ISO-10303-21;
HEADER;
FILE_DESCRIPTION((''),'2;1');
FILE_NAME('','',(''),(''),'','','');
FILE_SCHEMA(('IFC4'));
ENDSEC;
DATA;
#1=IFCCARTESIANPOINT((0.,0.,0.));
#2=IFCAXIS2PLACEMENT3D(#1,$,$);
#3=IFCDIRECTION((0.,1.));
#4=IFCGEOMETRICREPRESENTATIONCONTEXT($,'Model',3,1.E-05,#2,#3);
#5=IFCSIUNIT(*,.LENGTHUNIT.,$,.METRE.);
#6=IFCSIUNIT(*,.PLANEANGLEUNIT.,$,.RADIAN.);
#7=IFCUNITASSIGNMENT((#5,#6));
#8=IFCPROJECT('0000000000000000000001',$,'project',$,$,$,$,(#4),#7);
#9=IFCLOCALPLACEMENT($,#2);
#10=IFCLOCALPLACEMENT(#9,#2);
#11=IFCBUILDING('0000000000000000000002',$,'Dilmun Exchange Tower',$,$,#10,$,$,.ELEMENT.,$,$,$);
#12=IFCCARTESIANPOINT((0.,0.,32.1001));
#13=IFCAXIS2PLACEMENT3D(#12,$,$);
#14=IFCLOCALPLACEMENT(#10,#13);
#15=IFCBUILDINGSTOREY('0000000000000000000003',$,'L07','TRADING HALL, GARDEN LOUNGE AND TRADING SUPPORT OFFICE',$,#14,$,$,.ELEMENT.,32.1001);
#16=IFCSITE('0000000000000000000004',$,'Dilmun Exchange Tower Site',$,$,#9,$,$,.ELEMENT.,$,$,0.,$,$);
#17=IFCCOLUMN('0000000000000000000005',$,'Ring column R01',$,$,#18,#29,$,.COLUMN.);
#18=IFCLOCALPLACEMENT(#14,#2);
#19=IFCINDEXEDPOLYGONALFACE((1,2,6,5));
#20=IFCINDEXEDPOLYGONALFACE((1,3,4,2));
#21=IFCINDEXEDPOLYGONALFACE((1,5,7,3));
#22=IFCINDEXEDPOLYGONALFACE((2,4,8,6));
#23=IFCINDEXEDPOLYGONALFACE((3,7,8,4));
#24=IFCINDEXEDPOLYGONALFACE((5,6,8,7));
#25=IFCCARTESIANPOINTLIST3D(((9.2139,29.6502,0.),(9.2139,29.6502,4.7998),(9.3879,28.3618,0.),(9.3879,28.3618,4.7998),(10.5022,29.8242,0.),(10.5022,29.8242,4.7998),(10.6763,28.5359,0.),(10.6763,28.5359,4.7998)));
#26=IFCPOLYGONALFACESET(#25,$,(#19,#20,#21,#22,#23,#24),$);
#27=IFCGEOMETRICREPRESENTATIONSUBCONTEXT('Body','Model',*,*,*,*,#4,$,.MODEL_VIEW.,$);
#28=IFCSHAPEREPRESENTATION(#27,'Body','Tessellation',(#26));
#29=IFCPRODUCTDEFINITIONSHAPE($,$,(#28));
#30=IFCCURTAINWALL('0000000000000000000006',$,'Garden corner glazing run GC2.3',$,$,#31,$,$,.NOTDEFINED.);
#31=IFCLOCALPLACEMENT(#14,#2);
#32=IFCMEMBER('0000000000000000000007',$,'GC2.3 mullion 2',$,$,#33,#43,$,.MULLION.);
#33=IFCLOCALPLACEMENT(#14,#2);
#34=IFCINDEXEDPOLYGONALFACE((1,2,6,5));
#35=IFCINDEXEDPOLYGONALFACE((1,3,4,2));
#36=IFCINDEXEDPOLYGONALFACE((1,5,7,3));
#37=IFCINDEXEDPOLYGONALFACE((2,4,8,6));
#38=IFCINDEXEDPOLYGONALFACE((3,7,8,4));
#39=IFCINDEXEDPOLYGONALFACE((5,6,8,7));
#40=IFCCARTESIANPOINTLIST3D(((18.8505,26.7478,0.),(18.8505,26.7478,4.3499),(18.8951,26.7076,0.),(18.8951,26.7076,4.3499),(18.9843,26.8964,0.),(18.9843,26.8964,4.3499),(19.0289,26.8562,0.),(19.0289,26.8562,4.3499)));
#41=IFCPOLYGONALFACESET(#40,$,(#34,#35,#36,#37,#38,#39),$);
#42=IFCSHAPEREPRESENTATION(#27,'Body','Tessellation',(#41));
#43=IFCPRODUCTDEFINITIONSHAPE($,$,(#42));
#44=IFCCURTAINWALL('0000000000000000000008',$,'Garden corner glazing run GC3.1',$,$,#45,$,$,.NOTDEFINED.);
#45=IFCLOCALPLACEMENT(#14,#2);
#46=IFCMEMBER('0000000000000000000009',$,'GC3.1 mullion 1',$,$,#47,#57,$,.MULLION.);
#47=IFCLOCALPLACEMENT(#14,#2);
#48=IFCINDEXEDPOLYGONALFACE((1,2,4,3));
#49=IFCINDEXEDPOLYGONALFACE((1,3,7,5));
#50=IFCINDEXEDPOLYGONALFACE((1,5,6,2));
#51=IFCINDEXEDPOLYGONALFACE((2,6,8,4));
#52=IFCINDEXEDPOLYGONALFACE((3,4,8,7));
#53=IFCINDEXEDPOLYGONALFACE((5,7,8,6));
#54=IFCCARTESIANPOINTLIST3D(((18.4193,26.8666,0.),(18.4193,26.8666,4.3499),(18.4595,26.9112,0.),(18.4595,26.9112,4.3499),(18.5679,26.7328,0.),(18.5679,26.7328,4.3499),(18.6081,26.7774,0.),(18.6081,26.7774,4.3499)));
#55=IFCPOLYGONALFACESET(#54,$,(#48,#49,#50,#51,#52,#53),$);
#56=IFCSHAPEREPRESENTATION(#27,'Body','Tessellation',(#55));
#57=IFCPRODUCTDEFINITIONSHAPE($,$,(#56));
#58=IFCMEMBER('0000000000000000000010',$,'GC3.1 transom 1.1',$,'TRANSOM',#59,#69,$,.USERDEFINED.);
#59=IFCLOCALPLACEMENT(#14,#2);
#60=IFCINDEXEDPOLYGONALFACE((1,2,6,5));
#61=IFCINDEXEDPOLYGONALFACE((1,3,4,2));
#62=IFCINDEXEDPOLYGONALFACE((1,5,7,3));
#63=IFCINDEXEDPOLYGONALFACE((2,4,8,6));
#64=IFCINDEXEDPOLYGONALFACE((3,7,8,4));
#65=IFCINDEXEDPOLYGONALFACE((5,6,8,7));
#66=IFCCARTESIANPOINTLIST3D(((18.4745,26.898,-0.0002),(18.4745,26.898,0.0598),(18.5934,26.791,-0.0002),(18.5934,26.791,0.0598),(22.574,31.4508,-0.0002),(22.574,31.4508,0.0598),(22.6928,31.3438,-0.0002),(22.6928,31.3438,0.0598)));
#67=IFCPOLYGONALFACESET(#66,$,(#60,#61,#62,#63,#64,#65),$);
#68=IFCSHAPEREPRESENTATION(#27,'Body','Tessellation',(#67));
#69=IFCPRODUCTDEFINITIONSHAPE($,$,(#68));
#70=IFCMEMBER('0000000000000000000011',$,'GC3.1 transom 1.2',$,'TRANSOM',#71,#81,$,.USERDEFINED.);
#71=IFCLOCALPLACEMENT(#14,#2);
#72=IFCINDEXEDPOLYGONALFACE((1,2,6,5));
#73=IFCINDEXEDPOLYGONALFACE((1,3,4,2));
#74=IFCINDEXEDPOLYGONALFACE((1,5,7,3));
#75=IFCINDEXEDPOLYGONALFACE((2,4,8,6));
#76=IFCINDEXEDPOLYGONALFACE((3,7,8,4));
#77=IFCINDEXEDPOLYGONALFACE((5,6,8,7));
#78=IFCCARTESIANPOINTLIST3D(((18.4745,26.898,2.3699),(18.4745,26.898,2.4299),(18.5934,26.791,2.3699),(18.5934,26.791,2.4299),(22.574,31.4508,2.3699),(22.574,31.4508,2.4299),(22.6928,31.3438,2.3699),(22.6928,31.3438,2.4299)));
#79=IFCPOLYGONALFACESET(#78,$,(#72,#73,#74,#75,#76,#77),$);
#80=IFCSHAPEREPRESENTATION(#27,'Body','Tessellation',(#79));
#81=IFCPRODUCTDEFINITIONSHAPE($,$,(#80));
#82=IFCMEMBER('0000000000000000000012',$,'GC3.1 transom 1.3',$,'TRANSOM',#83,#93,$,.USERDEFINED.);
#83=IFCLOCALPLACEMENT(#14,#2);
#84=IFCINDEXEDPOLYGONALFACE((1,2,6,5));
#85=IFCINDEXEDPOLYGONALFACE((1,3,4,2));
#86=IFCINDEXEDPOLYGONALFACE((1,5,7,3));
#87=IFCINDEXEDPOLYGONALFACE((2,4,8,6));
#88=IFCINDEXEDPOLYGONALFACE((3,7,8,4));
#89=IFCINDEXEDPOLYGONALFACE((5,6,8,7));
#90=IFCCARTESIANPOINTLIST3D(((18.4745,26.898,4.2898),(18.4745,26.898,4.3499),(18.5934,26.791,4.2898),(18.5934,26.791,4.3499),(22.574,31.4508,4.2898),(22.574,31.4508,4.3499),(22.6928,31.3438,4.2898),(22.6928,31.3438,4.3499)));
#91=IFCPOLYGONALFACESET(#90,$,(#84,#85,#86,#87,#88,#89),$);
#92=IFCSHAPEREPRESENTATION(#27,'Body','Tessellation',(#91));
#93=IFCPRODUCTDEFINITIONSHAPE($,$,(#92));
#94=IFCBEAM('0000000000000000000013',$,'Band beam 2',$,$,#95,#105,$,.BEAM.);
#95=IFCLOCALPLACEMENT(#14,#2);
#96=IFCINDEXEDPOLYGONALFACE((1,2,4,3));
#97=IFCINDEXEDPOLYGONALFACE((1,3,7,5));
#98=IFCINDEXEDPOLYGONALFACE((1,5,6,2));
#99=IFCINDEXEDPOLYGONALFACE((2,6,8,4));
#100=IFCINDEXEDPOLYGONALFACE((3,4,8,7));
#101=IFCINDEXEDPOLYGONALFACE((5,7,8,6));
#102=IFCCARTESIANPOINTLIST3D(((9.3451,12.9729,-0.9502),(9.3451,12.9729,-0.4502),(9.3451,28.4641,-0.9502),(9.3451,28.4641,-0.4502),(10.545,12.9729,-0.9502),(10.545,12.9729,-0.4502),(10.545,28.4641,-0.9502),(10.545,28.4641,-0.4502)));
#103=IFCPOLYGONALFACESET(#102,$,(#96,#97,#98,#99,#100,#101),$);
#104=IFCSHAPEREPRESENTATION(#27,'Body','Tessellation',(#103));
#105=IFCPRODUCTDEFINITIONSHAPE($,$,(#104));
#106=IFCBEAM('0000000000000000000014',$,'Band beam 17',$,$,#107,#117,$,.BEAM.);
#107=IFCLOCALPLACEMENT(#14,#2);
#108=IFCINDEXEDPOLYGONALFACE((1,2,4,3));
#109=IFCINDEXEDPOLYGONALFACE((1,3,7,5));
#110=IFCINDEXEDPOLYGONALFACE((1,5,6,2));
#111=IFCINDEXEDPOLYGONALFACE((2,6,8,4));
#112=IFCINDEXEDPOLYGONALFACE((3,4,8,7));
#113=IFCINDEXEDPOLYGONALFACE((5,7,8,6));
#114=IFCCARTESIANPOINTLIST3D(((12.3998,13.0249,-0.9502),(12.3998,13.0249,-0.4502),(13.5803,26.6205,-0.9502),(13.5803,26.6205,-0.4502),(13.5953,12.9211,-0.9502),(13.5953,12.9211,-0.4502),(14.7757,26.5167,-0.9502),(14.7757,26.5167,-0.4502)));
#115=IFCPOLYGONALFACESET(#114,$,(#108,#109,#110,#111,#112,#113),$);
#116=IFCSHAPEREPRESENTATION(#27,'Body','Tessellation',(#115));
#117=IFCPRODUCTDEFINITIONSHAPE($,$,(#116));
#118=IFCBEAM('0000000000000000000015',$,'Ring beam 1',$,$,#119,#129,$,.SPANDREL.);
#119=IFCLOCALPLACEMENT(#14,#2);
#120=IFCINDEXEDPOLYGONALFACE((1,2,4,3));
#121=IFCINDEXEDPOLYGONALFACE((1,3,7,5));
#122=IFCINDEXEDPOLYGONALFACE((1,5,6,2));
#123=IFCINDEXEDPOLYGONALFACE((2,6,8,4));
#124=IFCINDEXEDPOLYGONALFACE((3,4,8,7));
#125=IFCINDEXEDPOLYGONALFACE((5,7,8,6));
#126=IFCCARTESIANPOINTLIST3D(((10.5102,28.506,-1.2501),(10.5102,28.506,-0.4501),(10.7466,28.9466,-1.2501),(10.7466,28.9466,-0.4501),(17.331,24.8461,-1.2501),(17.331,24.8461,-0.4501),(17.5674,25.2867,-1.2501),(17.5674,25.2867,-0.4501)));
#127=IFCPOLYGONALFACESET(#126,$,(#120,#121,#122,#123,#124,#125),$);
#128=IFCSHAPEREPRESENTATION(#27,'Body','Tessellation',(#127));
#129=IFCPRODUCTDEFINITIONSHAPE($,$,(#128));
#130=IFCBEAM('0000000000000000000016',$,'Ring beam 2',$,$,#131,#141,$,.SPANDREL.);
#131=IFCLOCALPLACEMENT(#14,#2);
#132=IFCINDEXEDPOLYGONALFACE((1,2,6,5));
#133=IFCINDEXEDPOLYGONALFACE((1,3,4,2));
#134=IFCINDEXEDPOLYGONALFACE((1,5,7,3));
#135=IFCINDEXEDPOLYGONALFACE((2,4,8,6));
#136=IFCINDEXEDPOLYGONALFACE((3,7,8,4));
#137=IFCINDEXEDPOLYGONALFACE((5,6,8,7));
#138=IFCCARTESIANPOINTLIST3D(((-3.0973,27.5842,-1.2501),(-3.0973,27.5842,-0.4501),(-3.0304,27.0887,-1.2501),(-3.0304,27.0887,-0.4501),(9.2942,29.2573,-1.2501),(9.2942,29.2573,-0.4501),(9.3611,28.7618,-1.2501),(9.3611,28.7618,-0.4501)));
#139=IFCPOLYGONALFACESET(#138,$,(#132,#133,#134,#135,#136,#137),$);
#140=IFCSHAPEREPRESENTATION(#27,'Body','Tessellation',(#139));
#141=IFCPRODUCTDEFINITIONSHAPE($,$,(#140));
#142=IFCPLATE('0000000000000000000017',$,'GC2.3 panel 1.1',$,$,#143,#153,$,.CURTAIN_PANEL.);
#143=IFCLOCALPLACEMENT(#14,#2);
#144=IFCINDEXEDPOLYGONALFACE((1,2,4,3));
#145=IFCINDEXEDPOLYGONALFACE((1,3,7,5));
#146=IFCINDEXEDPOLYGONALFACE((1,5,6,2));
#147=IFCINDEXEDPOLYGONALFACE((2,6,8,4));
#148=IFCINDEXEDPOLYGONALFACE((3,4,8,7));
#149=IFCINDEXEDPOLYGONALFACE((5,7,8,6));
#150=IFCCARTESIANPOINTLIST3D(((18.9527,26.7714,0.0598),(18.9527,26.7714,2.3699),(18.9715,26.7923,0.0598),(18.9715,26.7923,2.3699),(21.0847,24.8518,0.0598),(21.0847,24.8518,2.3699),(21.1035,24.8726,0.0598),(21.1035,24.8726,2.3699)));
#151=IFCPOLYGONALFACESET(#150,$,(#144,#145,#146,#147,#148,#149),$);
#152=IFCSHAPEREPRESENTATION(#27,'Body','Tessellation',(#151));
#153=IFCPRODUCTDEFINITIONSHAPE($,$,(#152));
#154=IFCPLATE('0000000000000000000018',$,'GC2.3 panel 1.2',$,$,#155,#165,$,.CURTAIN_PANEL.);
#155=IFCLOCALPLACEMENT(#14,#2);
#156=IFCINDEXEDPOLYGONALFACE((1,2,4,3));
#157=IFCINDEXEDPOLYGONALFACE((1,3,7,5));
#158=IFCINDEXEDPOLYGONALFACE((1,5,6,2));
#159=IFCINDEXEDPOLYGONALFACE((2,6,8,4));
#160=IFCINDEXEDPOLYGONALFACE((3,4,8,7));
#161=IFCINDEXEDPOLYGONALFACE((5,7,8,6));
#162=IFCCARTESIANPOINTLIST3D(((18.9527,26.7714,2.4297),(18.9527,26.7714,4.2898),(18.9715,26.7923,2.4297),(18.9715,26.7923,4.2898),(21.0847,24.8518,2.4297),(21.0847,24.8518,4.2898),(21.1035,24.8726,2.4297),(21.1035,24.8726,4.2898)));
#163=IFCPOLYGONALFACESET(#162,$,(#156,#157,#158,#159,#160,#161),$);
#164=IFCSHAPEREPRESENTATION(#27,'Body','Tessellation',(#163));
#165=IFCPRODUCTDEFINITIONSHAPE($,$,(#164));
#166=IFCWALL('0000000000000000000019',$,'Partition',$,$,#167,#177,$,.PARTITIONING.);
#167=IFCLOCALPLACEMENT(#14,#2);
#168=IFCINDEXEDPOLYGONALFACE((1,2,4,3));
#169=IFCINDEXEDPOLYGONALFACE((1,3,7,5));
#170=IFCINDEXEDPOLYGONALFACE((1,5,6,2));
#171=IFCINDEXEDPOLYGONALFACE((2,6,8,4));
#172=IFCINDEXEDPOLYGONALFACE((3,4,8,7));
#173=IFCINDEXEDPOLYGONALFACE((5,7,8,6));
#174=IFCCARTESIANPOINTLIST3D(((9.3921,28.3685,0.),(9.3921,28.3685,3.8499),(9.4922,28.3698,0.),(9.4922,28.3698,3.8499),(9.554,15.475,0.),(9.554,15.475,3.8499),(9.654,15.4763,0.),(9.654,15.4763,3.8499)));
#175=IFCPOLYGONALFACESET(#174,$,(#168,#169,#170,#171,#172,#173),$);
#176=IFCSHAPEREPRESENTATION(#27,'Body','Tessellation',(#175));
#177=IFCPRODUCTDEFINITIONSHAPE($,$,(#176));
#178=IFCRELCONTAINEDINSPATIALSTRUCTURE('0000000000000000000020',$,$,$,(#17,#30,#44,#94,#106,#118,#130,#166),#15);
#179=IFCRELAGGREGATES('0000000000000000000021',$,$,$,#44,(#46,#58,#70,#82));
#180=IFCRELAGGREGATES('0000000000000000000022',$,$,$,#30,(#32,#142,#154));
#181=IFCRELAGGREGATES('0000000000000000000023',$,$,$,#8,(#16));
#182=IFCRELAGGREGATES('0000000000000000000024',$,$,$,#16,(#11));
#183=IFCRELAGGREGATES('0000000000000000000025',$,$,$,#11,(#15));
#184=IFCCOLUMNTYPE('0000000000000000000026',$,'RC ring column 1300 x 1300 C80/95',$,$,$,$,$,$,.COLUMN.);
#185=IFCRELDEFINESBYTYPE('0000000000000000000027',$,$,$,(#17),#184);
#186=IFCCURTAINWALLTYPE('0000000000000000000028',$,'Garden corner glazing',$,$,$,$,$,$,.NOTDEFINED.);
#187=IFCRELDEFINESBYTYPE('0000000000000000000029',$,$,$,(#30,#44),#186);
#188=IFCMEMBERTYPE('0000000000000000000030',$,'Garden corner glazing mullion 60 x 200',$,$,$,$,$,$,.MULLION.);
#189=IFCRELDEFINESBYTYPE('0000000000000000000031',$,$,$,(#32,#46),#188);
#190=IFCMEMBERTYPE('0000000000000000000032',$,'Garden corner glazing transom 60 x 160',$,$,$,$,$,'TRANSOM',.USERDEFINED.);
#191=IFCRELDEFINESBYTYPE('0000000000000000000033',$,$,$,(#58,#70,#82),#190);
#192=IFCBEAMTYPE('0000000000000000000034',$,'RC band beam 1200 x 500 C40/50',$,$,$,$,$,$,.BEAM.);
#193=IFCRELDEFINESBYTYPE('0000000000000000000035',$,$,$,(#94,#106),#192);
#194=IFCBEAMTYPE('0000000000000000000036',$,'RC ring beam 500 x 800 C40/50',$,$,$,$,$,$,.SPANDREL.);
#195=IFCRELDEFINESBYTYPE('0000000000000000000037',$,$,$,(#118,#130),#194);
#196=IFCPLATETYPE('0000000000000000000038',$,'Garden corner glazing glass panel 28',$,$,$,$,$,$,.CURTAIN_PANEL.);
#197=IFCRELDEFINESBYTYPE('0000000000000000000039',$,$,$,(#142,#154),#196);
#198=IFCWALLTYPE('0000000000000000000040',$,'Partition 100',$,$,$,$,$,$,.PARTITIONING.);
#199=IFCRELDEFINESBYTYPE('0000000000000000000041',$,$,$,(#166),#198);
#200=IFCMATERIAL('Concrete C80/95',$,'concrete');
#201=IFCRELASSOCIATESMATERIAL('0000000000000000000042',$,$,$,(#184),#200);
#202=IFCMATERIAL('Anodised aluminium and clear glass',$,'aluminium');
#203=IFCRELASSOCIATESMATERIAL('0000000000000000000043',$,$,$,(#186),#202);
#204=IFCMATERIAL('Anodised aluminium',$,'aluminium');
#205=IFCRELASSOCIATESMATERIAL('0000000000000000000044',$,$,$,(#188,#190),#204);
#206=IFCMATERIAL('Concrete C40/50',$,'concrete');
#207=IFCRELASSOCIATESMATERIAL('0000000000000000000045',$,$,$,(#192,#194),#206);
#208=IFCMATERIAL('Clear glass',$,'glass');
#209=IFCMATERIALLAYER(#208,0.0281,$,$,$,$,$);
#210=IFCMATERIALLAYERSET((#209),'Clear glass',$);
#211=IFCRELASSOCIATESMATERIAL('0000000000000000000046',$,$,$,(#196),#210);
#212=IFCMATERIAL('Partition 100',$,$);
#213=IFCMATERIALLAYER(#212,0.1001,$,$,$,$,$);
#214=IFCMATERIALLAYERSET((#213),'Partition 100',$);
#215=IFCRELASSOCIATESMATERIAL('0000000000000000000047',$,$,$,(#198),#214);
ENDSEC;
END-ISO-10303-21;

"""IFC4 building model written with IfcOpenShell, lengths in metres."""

from ifc_helpers import new_model, si_unit, direction, frame, frame_2d, origin, origin_2d, place, context, subcontext, project, spatial, rectangle, extrude, material, layer, layer_set, material_profile, profile_set, type_object, element, aggregate, save


model = new_model("IFC4")

# Units and contexts
model_context = context("Model", 3, precision=1e-05, world=origin(), true_north=direction((0.0, 1.0)))
body_context = subcontext(model_context, "Body", "Model", "MODEL_VIEW")
ifc_project = project(units=[si_unit("LENGTHUNIT", "METRE"), si_unit("PLANEANGLEUNIT", "RADIAN")], contexts=[model_context])

# Site, building, storey
site_placement = place(None, origin())
site = spatial("IfcSite", under=ifc_project, at=site_placement, Name="Dilmun Exchange Tower Site", CompositionType="ELEMENT", RefElevation=0.0)
building_placement = place(site_placement, origin())
building = spatial("IfcBuilding", under=site, at=building_placement, Name="Dilmun Exchange Tower", CompositionType="ELEMENT")
storey_placement = place(building_placement, frame((0.0, 0.0, 32.1001)))
storey = spatial("IfcBuildingStorey", under=building, at=storey_placement, Name="L07", Description="TRADING HALL, GARDEN LOUNGE AND TRADING SUPPORT OFFICE", CompositionType="ELEMENT", Elevation=32.1001)

# Column
ifc_material_1 = material(Name="Concrete C80/95", Category="concrete")
ifc_material_profile_1 = material_profile(ifc_material_1, rectangle(XDim=1.3, YDim=1.3, at=origin_2d()), Name="1300 x 1300")
ifc_profile_set_1 = profile_set([ifc_material_profile_1], Name="Concrete C80/95")
column_type = type_object("IfcColumnType", Name="RC ring column 1300 x 1300 C80/95", PredefinedType="COLUMN", material=ifc_profile_set_1)
column_placement = place(storey_placement, frame((9.9451, 29.093, 0.0), z_axis=(0.0, 0.0, 1.0), x_axis=(0.991001, 0.133853, 0.0)))
element("IfcColumn", 1, at=column_placement, inside=storey, type_object=column_type, Name="Ring column R01", PredefinedType="COLUMN", context=body_context, shape_type="SweptSolid", body=[
    extrude(rectangle(XDim=1.3, YDim=1.3, at=origin_2d()), origin(), (0.0, 0.0, 1.0), 4.7998),
])

# Curtain wall, member
ifc_material_2 = material(Name="Anodised aluminium and clear glass", Category="aluminium")
curtain_wall_type = type_object("IfcCurtainWallType", Name="Garden corner glazing", PredefinedType="NOTDEFINED", material=ifc_material_2)
curtain_wall_1_placement = place(storey_placement, origin())
curtain_wall_1 = element("IfcCurtainWall", 2, at=curtain_wall_1_placement, inside=storey, type_object=curtain_wall_type, Name="Garden corner glazing run GC2.3", PredefinedType="NOTDEFINED")
ifc_material_3 = material(Name="Anodised aluminium", Category="aluminium")
ifc_material_profile_2 = material_profile(ifc_material_3, rectangle(XDim=0.2, YDim=0.0601, at=origin_2d()), Name="AL 60x200")
ifc_profile_set_2 = profile_set([ifc_material_profile_2], Name="Anodised aluminium")
member_type_1 = type_object("IfcMemberType", Name="Garden corner glazing mullion 60 x 200", PredefinedType="MULLION", material=ifc_profile_set_2)
member_1_placement = place(storey_placement, frame((18.9397, 26.802, 0.0), z_axis=(0.0, 0.0, 1.0), x_axis=(-0.669118, -0.743156, 0.0)))
member_1 = element("IfcMember", 3, at=member_1_placement, type_object=member_type_1, Name="GC2.3 mullion 2", PredefinedType="MULLION", context=body_context, shape_type="SweptSolid", body=[
    extrude(rectangle(XDim=0.2, YDim=0.0601, at=origin_2d()), origin(), (0.0, 0.0, 1.0), 4.3499),
])

# Curtain wall, members
curtain_wall_2_placement = place(storey_placement, origin())
curtain_wall_2 = element("IfcCurtainWall", 4, at=curtain_wall_2_placement, inside=storey, type_object=curtain_wall_type, Name="Garden corner glazing run GC3.1", PredefinedType="NOTDEFINED")
member_2_placement = place(storey_placement, frame((18.5137, 26.822, 0.0), z_axis=(0.0, 0.0, 1.0), x_axis=(-0.74315, 0.669125, 0.0)))
member_2 = element("IfcMember", 5, at=member_2_placement, type_object=member_type_1, Name="GC3.1 mullion 1", PredefinedType="MULLION", context=body_context, shape_type="SweptSolid", body=[
    extrude(rectangle(XDim=0.2, YDim=0.0601, at=origin_2d()), origin(), (0.0, 0.0, 1.0), 4.3499),
])
ifc_material_profile_3 = material_profile(ifc_material_3, rectangle(XDim=0.1599, YDim=0.0601, at=origin_2d()), Name="AL 60x160")
ifc_profile_set_3 = profile_set([ifc_material_profile_3], Name="Anodised aluminium")
member_type_2 = type_object("IfcMemberType", Name="Garden corner glazing transom 60 x 160", ElementType="TRANSOM", PredefinedType="USERDEFINED", material=ifc_profile_set_3)
member_3_placement = place(storey_placement, frame((18.5339, 26.8445, 0.0298), z_axis=(0.669136, 0.74314, 0.0), x_axis=(-0.74314, 0.669136, 0.0)))
member_3 = element("IfcMember", 6, at=member_3_placement, type_object=member_type_2, Name="GC3.1 transom 1.1", ObjectType="TRANSOM", PredefinedType="USERDEFINED", context=body_context, shape_type="SweptSolid", body=[
    extrude(rectangle(XDim=0.1599, YDim=0.0601, at=origin_2d()), origin(), (0.0, 0.0, 1.0), 6.1265),
])
member_4_placement = place(storey_placement, frame((18.5339, 26.8445, 2.3999), z_axis=(0.669136, 0.74314, 0.0), x_axis=(-0.74314, 0.669136, 0.0)))
member_4 = element("IfcMember", 7, at=member_4_placement, type_object=member_type_2, Name="GC3.1 transom 1.2", ObjectType="TRANSOM", PredefinedType="USERDEFINED", context=body_context, shape_type="SweptSolid", body=[
    extrude(rectangle(XDim=0.1599, YDim=0.0601, at=origin_2d()), origin(), (0.0, 0.0, 1.0), 6.1265),
])
member_5_placement = place(storey_placement, frame((18.5339, 26.8445, 4.3198), z_axis=(0.669136, 0.74314, 0.0), x_axis=(-0.74314, 0.669136, 0.0)))
member_5 = element("IfcMember", 8, at=member_5_placement, type_object=member_type_2, Name="GC3.1 transom 1.3", ObjectType="TRANSOM", PredefinedType="USERDEFINED", context=body_context, shape_type="SweptSolid", body=[
    extrude(rectangle(XDim=0.1599, YDim=0.0601, at=origin_2d()), origin(), (0.0, 0.0, 1.0), 6.1265),
])
aggregate(curtain_wall_2, [member_2, member_3, member_4, member_5])

# Beams
ifc_material_4 = material(Name="Concrete C40/50", Category="concrete")
ifc_material_profile_4 = material_profile(ifc_material_4, rectangle(XDim=1.2, YDim=0.5, at=origin_2d()), Name="1200 x 500")
ifc_profile_set_4 = profile_set([ifc_material_profile_4], Name="Concrete C40/50")
beam_type_1 = type_object("IfcBeamType", Name="RC band beam 1200 x 500 C40/50", PredefinedType="BEAM", material=ifc_profile_set_4)
beam_1_placement = place(storey_placement, frame((9.9451, 28.4641, -0.7002), z_axis=(0.0, -1.0, 0.0), x_axis=(1.0, 0.0, 0.0)))
element("IfcBeam", 9, at=beam_1_placement, inside=storey, type_object=beam_type_1, Name="Band beam 2", PredefinedType="BEAM", context=body_context, shape_type="SweptSolid", body=[
    extrude(rectangle(XDim=1.2, YDim=0.5, at=origin_2d()), origin(), (0.0, 0.0, 1.0), 15.4912),
])
beam_2_placement = place(storey_placement, frame((14.178, 26.5686, -0.7002), z_axis=(-0.086499, -0.996252, 0.0), x_axis=(0.996252, -0.086499, 0.0)))
element("IfcBeam", 10, at=beam_2_placement, inside=storey, type_object=beam_type_1, Name="Band beam 17", PredefinedType="BEAM", context=body_context, shape_type="SweptSolid", body=[
    extrude(rectangle(XDim=1.2, YDim=0.5, at=origin_2d()), origin(), (0.0, 0.0, 1.0), 13.6467),
])
ifc_material_profile_5 = material_profile(ifc_material_4, rectangle(XDim=0.5, YDim=0.8, at=origin_2d()), Name="500 x 800")
ifc_profile_set_5 = profile_set([ifc_material_profile_5], Name="Concrete C40/50")
beam_type_2 = type_object("IfcBeamType", Name="RC ring beam 500 x 800 C40/50", PredefinedType="SPANDREL", material=ifc_profile_set_5)
beam_3_placement = place(storey_placement, frame((17.4492, 25.0664, -0.8501), z_axis=(-0.881162, 0.472815, 0.0), x_axis=(-0.472815, -0.881162, 0.0)))
element("IfcBeam", 11, at=beam_3_placement, inside=storey, type_object=beam_type_2, Name="Ring beam 1", PredefinedType="SPANDREL", context=body_context, shape_type="SweptSolid", body=[
    extrude(rectangle(XDim=0.5, YDim=0.8, at=origin_2d()), origin(), (0.0, 0.0, 1.0), 7.7407),
])
beam_4_placement = place(storey_placement, frame((9.3276, 29.0095, -0.8501), z_axis=(-0.991007, -0.133807, 0.0), x_axis=(0.133807, -0.991007, 0.0)))
element("IfcBeam", 12, at=beam_4_placement, inside=storey, type_object=beam_type_2, Name="Ring beam 2", PredefinedType="SPANDREL", context=body_context, shape_type="SweptSolid", body=[
    extrude(rectangle(XDim=0.5, YDim=0.8, at=origin_2d()), origin(), (0.0, 0.0, 1.0), 12.5039),
])

# Plates
ifc_material_5 = material(Name="Clear glass", Category="glass")
ifc_layer_1 = layer(ifc_material_5, 0.0281)
ifc_layer_set_1 = layer_set([ifc_layer_1], Name="Clear glass")
plate_type = type_object("IfcPlateType", Name="Garden corner glazing glass panel 28", PredefinedType="CURTAIN_PANEL", material=ifc_layer_set_1)
plate_1_placement = place(storey_placement, frame((20.0281, 25.822, 0.0598), z_axis=(0.0, 0.0, 1.0), x_axis=(-0.743156, 0.669118, 0.0)))
plate_1 = element("IfcPlate", 13, at=plate_1_placement, type_object=plate_type, Name="GC2.3 panel 1.1", PredefinedType="CURTAIN_PANEL", context=body_context, shape_type="SweptSolid", body=[
    extrude(rectangle(XDim=2.8689, YDim=0.0281, at=origin_2d()), origin(), (0.0, 0.0, 1.0), 2.3101),
])
plate_2_placement = place(storey_placement, frame((20.0281, 25.822, 2.4297), z_axis=(0.0, 0.0, 1.0), x_axis=(-0.743156, 0.669118, 0.0)))
plate_2 = element("IfcPlate", 14, at=plate_2_placement, type_object=plate_type, Name="GC2.3 panel 1.2", PredefinedType="CURTAIN_PANEL", context=body_context, shape_type="SweptSolid", body=[
    extrude(rectangle(XDim=2.8689, YDim=0.0281, at=origin_2d()), origin(), (0.0, 0.0, 1.0), 1.8601),
])
aggregate(curtain_wall_1, [member_1, plate_1, plate_2])

# Wall
ifc_material_6 = material(Name="Partition 100")
ifc_layer_2 = layer(ifc_material_6, 0.1001)
ifc_layer_set_2 = layer_set([ifc_layer_2], Name="Partition 100")
wall_type = type_object("IfcWallType", Name="Partition 100", PredefinedType="PARTITIONING", material=ifc_layer_set_2)
wall_placement = place(storey_placement, frame((9.4421, 28.3691, 0.0), z_axis=(0.0, 0.0, 1.0), x_axis=(0.012553, -0.999921, 0.0)))
element("IfcWall", 15, at=wall_placement, inside=storey, type_object=wall_type, Name="Partition", PredefinedType="PARTITIONING", context=body_context, shape_type="SweptSolid", body=[
    extrude(rectangle(XDim=12.8945, YDim=0.1001, at=frame_2d((6.4473, 0.0))), origin(), (0.0, 0.0, 1.0), 3.8499),
])

save(model, "model.ifc")
